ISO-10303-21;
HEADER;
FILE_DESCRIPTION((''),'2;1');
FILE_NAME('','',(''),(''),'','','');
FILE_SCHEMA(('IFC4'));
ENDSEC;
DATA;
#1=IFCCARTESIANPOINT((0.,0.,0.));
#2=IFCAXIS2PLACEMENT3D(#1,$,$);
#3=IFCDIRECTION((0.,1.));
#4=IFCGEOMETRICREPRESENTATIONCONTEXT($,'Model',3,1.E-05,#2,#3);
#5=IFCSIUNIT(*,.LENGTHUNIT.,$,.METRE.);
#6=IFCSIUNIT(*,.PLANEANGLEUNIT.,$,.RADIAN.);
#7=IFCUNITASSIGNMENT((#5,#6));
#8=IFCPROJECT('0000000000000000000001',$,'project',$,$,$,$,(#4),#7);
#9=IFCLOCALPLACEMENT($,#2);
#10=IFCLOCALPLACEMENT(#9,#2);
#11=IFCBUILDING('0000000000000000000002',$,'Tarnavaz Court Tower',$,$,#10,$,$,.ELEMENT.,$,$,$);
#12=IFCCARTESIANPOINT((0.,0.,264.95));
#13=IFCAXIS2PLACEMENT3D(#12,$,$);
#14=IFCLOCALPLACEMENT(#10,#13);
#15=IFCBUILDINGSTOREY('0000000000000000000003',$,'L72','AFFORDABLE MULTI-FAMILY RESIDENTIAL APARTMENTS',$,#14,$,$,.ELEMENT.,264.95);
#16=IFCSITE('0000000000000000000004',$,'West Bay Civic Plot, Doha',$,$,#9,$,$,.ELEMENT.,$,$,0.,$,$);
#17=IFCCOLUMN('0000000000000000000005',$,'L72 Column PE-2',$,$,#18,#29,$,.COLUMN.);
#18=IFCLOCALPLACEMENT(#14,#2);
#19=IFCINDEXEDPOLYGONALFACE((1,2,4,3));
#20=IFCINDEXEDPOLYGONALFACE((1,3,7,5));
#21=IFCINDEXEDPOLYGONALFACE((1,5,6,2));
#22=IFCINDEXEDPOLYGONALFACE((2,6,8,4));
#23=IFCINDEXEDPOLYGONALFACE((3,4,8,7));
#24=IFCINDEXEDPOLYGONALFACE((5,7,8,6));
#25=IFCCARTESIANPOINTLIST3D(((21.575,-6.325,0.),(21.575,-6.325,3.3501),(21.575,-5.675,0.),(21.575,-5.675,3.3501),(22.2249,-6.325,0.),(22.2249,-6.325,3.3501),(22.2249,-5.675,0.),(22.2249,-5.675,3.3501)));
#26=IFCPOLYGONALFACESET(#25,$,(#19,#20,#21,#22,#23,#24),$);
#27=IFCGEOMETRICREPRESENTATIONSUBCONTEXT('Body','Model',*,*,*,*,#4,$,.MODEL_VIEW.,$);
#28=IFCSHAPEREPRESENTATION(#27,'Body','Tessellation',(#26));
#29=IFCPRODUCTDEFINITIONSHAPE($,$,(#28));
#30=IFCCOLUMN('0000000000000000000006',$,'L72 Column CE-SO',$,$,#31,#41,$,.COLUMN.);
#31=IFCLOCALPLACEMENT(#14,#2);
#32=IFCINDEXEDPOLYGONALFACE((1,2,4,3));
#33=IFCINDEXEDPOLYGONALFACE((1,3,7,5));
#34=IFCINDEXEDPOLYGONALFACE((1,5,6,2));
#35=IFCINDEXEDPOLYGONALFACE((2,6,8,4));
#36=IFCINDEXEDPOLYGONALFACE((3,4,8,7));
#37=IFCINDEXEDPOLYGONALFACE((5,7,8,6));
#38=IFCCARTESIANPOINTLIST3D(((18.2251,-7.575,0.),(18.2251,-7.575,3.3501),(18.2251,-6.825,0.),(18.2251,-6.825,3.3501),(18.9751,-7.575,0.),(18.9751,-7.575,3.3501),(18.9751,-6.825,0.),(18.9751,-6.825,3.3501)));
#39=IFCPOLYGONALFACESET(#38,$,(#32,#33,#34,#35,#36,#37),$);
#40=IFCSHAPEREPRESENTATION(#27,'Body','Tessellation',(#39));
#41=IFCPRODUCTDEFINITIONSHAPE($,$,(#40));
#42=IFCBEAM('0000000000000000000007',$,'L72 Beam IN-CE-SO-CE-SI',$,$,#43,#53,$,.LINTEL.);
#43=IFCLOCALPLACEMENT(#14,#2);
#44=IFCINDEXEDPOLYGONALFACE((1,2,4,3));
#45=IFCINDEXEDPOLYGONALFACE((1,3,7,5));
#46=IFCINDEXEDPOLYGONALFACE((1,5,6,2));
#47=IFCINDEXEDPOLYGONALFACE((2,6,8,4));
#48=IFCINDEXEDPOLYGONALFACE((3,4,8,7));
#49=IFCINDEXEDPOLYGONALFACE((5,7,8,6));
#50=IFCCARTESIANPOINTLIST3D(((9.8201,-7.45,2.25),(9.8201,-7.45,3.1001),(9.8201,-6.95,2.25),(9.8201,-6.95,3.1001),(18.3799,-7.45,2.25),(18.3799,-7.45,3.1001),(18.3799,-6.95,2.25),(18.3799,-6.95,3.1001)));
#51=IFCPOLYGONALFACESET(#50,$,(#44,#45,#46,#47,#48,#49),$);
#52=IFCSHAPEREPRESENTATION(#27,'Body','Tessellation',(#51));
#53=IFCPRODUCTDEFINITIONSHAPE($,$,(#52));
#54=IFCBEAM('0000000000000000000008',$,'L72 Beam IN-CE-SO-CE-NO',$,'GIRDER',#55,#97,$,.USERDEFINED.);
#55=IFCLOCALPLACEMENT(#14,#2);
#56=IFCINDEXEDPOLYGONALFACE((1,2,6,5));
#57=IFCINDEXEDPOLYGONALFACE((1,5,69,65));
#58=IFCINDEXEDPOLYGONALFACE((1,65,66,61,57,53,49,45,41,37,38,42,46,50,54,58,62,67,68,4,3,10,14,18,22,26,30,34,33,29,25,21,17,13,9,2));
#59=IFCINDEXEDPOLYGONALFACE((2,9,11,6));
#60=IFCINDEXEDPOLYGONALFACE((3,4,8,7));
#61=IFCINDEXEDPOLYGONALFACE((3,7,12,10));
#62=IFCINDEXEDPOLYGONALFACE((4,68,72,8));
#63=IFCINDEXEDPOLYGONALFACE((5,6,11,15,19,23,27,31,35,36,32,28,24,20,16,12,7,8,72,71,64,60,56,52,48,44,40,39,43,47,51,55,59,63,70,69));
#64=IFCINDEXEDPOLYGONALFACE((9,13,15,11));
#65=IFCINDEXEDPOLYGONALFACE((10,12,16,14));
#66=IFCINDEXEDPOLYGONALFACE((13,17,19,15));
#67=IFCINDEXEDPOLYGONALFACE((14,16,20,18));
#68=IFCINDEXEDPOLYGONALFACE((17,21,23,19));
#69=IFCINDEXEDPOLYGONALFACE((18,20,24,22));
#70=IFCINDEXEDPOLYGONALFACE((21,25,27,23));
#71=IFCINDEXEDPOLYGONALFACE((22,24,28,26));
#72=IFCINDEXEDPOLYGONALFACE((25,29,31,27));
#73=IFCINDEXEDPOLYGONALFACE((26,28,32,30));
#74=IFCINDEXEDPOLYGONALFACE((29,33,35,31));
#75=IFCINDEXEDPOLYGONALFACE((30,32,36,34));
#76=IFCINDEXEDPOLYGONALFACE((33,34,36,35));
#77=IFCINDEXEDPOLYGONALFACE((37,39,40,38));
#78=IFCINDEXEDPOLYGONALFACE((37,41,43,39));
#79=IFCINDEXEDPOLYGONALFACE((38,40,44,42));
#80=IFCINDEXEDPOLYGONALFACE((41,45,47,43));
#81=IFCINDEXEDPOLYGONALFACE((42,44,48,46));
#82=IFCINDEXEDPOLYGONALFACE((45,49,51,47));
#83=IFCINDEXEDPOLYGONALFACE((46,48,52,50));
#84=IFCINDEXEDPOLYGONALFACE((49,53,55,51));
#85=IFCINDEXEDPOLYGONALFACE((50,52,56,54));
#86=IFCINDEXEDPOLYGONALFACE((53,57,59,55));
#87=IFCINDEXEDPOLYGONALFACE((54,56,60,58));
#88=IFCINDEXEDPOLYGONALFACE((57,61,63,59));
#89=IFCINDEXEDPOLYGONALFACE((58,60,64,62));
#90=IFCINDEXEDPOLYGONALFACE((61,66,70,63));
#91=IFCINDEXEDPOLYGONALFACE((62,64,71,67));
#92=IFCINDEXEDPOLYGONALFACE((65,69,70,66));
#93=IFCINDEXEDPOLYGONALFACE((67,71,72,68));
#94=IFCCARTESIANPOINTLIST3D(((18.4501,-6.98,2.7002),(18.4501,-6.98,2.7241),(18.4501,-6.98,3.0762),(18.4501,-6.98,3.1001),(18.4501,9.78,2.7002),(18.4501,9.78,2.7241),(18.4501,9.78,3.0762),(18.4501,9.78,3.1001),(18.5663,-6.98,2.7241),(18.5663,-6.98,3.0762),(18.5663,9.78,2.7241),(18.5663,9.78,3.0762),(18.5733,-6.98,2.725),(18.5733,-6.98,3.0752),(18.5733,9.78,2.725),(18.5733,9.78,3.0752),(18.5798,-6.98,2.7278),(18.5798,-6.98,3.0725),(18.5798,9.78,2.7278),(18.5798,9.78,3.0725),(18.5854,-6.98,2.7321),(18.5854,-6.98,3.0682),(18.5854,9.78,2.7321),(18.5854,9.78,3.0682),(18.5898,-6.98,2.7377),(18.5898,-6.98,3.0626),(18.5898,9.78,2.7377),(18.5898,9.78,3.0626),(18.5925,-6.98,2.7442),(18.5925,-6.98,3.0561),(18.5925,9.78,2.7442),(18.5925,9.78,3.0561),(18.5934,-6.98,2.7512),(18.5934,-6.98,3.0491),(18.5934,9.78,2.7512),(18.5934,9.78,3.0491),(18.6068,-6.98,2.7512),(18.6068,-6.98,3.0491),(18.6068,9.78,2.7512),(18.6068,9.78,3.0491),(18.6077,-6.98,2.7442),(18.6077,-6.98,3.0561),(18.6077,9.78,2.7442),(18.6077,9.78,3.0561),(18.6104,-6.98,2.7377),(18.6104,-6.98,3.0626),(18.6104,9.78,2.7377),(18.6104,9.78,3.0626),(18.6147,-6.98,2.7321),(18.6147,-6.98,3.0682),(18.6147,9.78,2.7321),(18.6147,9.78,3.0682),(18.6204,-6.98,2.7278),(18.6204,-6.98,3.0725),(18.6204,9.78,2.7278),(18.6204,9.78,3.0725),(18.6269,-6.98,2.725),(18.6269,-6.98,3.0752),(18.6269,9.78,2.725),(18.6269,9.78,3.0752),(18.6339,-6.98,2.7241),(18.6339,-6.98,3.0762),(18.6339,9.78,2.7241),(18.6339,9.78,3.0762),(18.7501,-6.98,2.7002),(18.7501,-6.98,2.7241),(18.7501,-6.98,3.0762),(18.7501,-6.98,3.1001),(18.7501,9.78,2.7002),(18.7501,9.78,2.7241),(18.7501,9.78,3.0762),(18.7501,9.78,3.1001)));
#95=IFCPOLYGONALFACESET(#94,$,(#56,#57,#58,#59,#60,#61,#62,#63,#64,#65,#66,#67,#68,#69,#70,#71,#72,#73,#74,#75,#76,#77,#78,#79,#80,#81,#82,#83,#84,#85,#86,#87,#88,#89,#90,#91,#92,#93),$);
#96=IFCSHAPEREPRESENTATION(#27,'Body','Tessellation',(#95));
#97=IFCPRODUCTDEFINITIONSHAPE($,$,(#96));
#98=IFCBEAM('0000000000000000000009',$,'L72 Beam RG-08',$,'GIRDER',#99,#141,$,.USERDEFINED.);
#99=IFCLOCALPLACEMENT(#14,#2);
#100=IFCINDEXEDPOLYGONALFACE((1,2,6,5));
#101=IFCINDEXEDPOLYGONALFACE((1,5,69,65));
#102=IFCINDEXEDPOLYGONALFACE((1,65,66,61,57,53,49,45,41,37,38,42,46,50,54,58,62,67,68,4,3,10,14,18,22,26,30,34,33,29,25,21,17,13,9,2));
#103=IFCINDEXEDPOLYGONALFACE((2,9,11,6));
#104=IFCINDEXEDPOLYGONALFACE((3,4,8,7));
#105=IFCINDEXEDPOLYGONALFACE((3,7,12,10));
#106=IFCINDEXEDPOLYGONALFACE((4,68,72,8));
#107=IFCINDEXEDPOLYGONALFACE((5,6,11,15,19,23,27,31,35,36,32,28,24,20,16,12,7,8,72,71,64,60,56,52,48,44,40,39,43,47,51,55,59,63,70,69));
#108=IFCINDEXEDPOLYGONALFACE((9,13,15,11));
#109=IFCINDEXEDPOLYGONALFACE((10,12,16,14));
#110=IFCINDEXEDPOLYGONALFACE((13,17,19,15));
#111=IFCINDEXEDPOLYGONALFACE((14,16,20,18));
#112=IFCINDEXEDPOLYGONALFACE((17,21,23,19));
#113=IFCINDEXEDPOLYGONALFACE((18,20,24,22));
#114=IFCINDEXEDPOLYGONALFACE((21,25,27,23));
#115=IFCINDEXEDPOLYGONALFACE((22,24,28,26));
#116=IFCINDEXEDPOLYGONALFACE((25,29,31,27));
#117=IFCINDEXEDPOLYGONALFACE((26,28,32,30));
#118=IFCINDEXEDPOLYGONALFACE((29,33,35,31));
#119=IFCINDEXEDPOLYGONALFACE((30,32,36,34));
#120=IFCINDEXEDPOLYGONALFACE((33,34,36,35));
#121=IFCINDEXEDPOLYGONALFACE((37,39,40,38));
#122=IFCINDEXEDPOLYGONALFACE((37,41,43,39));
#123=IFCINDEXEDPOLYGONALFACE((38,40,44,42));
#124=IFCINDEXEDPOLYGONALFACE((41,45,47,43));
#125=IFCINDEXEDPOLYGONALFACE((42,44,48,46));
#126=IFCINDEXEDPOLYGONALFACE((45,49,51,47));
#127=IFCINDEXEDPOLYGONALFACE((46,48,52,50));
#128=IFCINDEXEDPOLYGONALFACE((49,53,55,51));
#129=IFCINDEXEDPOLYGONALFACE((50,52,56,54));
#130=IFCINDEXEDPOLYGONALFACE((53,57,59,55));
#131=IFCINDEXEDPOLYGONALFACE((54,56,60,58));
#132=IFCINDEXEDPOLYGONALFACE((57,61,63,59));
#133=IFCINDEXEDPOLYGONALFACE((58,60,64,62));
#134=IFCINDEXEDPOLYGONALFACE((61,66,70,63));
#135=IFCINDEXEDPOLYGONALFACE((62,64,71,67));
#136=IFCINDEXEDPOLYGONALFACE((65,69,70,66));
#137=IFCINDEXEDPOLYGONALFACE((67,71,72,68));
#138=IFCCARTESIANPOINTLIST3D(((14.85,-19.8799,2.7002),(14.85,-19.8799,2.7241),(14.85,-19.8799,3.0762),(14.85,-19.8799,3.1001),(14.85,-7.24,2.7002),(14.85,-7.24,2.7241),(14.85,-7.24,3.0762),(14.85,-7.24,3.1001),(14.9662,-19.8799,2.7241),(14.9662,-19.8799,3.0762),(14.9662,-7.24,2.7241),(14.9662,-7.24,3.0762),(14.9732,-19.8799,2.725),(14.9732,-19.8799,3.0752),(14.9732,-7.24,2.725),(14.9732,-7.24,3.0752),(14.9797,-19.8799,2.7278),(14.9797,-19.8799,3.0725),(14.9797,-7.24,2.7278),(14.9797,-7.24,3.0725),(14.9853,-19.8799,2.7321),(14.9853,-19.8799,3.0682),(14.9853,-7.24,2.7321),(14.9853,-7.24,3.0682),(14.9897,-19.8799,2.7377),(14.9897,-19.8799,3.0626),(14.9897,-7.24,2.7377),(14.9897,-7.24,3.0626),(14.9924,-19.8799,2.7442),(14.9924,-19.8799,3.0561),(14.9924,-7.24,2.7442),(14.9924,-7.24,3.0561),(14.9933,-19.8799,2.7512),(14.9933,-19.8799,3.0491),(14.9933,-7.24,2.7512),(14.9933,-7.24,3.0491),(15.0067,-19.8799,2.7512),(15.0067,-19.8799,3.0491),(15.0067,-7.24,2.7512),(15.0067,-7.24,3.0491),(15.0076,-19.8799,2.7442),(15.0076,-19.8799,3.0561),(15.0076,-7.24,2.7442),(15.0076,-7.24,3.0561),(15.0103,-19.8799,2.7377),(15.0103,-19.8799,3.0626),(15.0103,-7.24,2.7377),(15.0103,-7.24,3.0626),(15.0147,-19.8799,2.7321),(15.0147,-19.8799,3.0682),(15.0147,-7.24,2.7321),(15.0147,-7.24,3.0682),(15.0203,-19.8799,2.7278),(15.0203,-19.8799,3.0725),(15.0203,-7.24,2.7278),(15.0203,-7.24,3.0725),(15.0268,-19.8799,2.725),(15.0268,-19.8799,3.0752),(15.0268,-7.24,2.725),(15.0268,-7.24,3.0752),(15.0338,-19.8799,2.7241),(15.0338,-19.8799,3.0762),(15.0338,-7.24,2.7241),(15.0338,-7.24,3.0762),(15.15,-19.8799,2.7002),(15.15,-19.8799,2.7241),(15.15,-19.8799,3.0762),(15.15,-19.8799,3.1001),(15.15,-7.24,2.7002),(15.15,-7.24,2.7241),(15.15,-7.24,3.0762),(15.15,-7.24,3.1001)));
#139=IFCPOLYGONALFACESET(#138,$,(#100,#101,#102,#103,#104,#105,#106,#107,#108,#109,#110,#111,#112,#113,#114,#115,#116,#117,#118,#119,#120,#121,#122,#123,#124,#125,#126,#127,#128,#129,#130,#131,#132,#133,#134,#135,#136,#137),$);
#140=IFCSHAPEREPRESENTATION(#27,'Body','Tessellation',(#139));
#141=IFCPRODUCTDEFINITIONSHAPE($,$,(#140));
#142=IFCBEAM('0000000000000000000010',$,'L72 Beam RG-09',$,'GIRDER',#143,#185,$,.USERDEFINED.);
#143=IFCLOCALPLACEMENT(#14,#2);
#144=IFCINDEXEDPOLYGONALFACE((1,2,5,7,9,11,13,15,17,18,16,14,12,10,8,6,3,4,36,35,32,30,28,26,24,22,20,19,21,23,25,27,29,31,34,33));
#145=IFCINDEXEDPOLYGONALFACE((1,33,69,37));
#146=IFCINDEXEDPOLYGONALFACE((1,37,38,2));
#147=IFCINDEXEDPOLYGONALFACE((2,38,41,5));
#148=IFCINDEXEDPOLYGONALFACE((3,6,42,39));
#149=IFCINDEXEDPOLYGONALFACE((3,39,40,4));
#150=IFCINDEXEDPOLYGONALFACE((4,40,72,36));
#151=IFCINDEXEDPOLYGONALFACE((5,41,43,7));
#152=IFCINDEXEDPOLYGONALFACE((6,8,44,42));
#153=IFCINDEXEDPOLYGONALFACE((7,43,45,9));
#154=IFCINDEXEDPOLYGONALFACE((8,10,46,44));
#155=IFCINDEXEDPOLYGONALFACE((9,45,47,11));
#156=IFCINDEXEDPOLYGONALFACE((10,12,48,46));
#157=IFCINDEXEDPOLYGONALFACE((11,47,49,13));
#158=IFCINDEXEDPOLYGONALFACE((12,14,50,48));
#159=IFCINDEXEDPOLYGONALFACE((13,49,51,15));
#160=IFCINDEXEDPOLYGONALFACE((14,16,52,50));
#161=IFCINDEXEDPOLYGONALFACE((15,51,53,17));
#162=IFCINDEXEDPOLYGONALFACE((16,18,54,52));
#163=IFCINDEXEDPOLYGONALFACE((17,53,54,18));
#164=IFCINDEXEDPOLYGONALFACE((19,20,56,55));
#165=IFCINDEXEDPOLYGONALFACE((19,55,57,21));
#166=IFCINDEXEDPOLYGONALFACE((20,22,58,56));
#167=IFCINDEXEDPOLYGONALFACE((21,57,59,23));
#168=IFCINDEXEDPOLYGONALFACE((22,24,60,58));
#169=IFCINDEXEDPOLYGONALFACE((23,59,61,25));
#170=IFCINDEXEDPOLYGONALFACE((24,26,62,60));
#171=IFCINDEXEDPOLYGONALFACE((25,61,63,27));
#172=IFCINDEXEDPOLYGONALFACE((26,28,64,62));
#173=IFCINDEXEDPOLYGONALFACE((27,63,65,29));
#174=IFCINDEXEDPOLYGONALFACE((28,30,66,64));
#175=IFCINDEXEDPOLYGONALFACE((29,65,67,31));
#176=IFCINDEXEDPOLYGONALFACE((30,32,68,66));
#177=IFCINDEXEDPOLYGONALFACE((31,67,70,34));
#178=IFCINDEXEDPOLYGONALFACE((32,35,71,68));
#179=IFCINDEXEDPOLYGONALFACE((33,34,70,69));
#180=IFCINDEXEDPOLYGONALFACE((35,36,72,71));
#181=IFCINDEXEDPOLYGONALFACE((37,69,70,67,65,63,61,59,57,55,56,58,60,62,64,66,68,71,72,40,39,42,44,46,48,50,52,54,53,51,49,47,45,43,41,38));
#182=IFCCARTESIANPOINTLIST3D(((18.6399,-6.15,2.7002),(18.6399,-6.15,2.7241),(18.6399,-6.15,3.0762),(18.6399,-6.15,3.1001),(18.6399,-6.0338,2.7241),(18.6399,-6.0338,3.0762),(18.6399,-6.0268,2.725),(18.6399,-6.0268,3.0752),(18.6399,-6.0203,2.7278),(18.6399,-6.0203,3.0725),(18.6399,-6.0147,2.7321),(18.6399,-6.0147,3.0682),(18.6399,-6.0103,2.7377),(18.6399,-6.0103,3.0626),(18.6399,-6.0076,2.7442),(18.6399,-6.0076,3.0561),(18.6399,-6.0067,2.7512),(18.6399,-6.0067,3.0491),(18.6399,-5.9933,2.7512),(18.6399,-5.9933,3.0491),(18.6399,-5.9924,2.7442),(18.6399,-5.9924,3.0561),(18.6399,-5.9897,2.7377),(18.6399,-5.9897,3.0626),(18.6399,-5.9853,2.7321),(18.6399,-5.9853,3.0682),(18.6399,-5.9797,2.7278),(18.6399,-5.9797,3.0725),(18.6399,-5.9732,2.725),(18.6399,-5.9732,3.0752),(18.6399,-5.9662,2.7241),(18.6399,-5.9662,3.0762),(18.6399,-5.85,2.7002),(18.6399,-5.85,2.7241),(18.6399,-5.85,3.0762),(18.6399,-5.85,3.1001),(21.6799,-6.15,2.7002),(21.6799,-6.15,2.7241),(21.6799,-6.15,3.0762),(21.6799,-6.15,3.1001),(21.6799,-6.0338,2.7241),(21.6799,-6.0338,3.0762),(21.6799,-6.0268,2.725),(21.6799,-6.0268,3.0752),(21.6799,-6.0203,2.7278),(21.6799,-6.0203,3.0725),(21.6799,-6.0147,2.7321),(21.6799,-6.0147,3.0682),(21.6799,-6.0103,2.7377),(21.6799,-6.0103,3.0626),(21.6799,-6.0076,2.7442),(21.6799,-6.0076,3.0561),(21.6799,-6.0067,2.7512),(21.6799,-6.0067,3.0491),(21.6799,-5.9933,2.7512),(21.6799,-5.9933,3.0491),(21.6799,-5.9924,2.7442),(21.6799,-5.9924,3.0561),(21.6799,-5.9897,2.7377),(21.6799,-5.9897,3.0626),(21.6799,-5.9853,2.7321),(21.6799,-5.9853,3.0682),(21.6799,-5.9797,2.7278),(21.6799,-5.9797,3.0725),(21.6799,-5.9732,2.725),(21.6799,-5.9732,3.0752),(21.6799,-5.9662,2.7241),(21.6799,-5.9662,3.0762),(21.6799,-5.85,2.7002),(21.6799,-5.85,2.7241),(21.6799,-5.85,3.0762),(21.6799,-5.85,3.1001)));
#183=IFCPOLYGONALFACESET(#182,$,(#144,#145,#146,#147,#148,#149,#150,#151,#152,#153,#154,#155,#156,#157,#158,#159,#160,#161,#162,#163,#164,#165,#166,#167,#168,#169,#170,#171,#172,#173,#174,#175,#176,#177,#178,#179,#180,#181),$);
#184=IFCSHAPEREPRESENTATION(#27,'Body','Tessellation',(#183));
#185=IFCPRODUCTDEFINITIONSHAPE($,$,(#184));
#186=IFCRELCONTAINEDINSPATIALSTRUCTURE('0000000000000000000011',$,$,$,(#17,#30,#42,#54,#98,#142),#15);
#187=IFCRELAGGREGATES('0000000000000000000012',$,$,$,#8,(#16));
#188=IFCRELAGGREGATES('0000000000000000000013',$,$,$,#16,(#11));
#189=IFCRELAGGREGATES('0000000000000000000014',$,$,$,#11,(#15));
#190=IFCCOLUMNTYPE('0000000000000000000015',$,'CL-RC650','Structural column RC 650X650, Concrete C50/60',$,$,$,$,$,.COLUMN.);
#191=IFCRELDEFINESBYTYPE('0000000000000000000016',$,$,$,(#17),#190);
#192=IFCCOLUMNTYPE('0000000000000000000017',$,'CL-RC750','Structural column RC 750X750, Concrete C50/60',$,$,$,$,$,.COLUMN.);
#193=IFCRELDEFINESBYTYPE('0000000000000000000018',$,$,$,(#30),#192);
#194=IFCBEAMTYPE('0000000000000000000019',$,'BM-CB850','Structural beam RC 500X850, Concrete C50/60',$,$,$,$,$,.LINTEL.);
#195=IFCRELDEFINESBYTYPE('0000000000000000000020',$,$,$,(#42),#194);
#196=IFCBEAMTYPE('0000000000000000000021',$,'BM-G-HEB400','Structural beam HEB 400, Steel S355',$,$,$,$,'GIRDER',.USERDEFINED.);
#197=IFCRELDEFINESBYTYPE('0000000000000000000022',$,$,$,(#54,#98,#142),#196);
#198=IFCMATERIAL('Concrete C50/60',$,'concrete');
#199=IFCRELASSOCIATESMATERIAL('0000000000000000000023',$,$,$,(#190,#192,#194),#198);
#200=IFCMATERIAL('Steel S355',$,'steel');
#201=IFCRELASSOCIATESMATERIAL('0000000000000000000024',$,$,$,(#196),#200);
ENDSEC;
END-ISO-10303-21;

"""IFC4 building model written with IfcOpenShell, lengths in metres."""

from ifc_helpers import new_model, si_unit, direction, frame, origin, origin_2d, place, context, subcontext, project, spatial, rectangle, i_section, extrude, material, material_profile, profile_set, type_object, element, save


model = new_model("IFC4")

# Units and contexts
model_context = context("Model", 3, precision=1e-05, world=origin(), true_north=direction((0.0, 1.0)))
body_context = subcontext(model_context, "Body", "Model", "MODEL_VIEW")
ifc_project = project(units=[si_unit("LENGTHUNIT", "METRE"), si_unit("PLANEANGLEUNIT", "RADIAN")], contexts=[model_context])

# Site, building, storey
site_placement = place(None, origin())
site = spatial("IfcSite", under=ifc_project, at=site_placement, Name="West Bay Civic Plot, Doha", CompositionType="ELEMENT", RefElevation=0.0)
building_placement = place(site_placement, origin())
building = spatial("IfcBuilding", under=site, at=building_placement, Name="Tarnavaz Court Tower", CompositionType="ELEMENT")
storey_placement = place(building_placement, frame((0.0, 0.0, 264.95)))
storey = spatial("IfcBuildingStorey", under=building, at=storey_placement, Name="L72", Description="AFFORDABLE MULTI-FAMILY RESIDENTIAL APARTMENTS", CompositionType="ELEMENT", Elevation=264.95)

# Columns
ifc_material_1 = material(Name="Concrete C50/60", Category="concrete")
ifc_material_profile_1 = material_profile(ifc_material_1, rectangle(XDim=0.6499, YDim=0.6499, at=origin_2d()), Name="RC 650X650")
ifc_profile_set_1 = profile_set([ifc_material_profile_1], Name="Concrete C50/60")
column_type_1 = type_object("IfcColumnType", Name="CL-RC650", Description="Structural column RC 650X650, Concrete C50/60", PredefinedType="COLUMN", material=ifc_profile_set_1)
column_1_placement = place(storey_placement, frame((21.8999, -6.0, 0.0), z_axis=(0.0, 0.0, 1.0), x_axis=(1.0, 0.0, 0.0)))
element("IfcColumn", 1, at=column_1_placement, inside=storey, type_object=column_type_1, Name="L72 Column PE-2", PredefinedType="COLUMN", context=body_context, shape_type="SweptSolid", body=[
    extrude(rectangle(XDim=0.6499, YDim=0.6499, at=origin_2d()), origin(), (0.0, 0.0, 1.0), 3.3501),
])
ifc_material_profile_2 = material_profile(ifc_material_1, rectangle(XDim=0.75, YDim=0.75, at=origin_2d()), Name="RC 750X750")
ifc_profile_set_2 = profile_set([ifc_material_profile_2], Name="Concrete C50/60")
column_type_2 = type_object("IfcColumnType", Name="CL-RC750", Description="Structural column RC 750X750, Concrete C50/60", PredefinedType="COLUMN", material=ifc_profile_set_2)
column_2_placement = place(storey_placement, frame((18.6001, -7.2, 0.0), z_axis=(0.0, 0.0, 1.0), x_axis=(1.0, 0.0, 0.0)))
element("IfcColumn", 2, at=column_2_placement, inside=storey, type_object=column_type_2, Name="L72 Column CE-SO", PredefinedType="COLUMN", context=body_context, shape_type="SweptSolid", body=[
    extrude(rectangle(XDim=0.75, YDim=0.75, at=origin_2d()), origin(), (0.0, 0.0, 1.0), 3.3501),
])

# Beams
ifc_material_profile_3 = material_profile(ifc_material_1, rectangle(XDim=0.5, YDim=0.8501, at=origin_2d()), Name="RC 500X850")
ifc_profile_set_3 = profile_set([ifc_material_profile_3], Name="Concrete C50/60")
beam_type_1 = type_object("IfcBeamType", Name="BM-CB850", Description="Structural beam RC 500X850, Concrete C50/60", PredefinedType="LINTEL", material=ifc_profile_set_3)
beam_1_placement = place(storey_placement, frame((18.3799, -7.2, 2.675), z_axis=(-1.0, 0.0, 0.0), x_axis=(0.0, -1.0, 0.0)))
element("IfcBeam", 3, at=beam_1_placement, inside=storey, type_object=beam_type_1, Name="L72 Beam IN-CE-SO-CE-SI", PredefinedType="LINTEL", context=body_context, shape_type="SweptSolid", body=[
    extrude(rectangle(XDim=0.5, YDim=0.8501, at=origin_2d()), origin(), (0.0, 0.0, 1.0), 8.5598),
])
ifc_material_2 = material(Name="Steel S355", Category="steel")
ifc_material_profile_4 = material_profile(ifc_material_2, i_section(OverallWidth=0.3, OverallDepth=0.3999, WebThickness=0.0134, FlangeThickness=0.0239, FilletRadius=0.0271, at=origin_2d()), Name="HEB 400")
ifc_profile_set_4 = profile_set([ifc_material_profile_4], Name="Steel S355")
beam_type_2 = type_object("IfcBeamType", Name="BM-G-HEB400", Description="Structural beam HEB 400, Steel S355", ElementType="GIRDER", PredefinedType="USERDEFINED", material=ifc_profile_set_4)
beam_2_placement = place(storey_placement, frame((18.6001, -6.98, 2.9001), z_axis=(0.0, 1.0, 0.0), x_axis=(-1.0, 0.0, 0.0)))
element("IfcBeam", 4, at=beam_2_placement, inside=storey, type_object=beam_type_2, Name="L72 Beam IN-CE-SO-CE-NO", ObjectType="GIRDER", PredefinedType="USERDEFINED", context=body_context, shape_type="SweptSolid", body=[
    extrude(i_section(OverallWidth=0.3, OverallDepth=0.3999, WebThickness=0.0134, FlangeThickness=0.0239, FilletRadius=0.0271, at=origin_2d()), origin(), (0.0, 0.0, 1.0), 16.76),
])
beam_3_placement = place(storey_placement, frame((15.0, -7.24, 2.9001), z_axis=(0.0, -1.0, 0.0), x_axis=(1.0, 0.0, 0.0)))
element("IfcBeam", 5, at=beam_3_placement, inside=storey, type_object=beam_type_2, Name="L72 Beam RG-08", ObjectType="GIRDER", PredefinedType="USERDEFINED", context=body_context, shape_type="SweptSolid", body=[
    extrude(i_section(OverallWidth=0.3, OverallDepth=0.3999, WebThickness=0.0134, FlangeThickness=0.0239, FilletRadius=0.0271, at=origin_2d()), origin(), (0.0, 0.0, 1.0), 12.6399),
])
beam_4_placement = place(storey_placement, frame((18.6399, -6.0, 2.9001), z_axis=(1.0, 0.0, 0.0), x_axis=(0.0, 1.0, 0.0)))
element("IfcBeam", 6, at=beam_4_placement, inside=storey, type_object=beam_type_2, Name="L72 Beam RG-09", ObjectType="GIRDER", PredefinedType="USERDEFINED", context=body_context, shape_type="SweptSolid", body=[
    extrude(i_section(OverallWidth=0.3, OverallDepth=0.3999, WebThickness=0.0134, FlangeThickness=0.0239, FilletRadius=0.0271, at=origin_2d()), origin(), (0.0, 0.0, 1.0), 3.04),
])

save(model, "model.ifc")
